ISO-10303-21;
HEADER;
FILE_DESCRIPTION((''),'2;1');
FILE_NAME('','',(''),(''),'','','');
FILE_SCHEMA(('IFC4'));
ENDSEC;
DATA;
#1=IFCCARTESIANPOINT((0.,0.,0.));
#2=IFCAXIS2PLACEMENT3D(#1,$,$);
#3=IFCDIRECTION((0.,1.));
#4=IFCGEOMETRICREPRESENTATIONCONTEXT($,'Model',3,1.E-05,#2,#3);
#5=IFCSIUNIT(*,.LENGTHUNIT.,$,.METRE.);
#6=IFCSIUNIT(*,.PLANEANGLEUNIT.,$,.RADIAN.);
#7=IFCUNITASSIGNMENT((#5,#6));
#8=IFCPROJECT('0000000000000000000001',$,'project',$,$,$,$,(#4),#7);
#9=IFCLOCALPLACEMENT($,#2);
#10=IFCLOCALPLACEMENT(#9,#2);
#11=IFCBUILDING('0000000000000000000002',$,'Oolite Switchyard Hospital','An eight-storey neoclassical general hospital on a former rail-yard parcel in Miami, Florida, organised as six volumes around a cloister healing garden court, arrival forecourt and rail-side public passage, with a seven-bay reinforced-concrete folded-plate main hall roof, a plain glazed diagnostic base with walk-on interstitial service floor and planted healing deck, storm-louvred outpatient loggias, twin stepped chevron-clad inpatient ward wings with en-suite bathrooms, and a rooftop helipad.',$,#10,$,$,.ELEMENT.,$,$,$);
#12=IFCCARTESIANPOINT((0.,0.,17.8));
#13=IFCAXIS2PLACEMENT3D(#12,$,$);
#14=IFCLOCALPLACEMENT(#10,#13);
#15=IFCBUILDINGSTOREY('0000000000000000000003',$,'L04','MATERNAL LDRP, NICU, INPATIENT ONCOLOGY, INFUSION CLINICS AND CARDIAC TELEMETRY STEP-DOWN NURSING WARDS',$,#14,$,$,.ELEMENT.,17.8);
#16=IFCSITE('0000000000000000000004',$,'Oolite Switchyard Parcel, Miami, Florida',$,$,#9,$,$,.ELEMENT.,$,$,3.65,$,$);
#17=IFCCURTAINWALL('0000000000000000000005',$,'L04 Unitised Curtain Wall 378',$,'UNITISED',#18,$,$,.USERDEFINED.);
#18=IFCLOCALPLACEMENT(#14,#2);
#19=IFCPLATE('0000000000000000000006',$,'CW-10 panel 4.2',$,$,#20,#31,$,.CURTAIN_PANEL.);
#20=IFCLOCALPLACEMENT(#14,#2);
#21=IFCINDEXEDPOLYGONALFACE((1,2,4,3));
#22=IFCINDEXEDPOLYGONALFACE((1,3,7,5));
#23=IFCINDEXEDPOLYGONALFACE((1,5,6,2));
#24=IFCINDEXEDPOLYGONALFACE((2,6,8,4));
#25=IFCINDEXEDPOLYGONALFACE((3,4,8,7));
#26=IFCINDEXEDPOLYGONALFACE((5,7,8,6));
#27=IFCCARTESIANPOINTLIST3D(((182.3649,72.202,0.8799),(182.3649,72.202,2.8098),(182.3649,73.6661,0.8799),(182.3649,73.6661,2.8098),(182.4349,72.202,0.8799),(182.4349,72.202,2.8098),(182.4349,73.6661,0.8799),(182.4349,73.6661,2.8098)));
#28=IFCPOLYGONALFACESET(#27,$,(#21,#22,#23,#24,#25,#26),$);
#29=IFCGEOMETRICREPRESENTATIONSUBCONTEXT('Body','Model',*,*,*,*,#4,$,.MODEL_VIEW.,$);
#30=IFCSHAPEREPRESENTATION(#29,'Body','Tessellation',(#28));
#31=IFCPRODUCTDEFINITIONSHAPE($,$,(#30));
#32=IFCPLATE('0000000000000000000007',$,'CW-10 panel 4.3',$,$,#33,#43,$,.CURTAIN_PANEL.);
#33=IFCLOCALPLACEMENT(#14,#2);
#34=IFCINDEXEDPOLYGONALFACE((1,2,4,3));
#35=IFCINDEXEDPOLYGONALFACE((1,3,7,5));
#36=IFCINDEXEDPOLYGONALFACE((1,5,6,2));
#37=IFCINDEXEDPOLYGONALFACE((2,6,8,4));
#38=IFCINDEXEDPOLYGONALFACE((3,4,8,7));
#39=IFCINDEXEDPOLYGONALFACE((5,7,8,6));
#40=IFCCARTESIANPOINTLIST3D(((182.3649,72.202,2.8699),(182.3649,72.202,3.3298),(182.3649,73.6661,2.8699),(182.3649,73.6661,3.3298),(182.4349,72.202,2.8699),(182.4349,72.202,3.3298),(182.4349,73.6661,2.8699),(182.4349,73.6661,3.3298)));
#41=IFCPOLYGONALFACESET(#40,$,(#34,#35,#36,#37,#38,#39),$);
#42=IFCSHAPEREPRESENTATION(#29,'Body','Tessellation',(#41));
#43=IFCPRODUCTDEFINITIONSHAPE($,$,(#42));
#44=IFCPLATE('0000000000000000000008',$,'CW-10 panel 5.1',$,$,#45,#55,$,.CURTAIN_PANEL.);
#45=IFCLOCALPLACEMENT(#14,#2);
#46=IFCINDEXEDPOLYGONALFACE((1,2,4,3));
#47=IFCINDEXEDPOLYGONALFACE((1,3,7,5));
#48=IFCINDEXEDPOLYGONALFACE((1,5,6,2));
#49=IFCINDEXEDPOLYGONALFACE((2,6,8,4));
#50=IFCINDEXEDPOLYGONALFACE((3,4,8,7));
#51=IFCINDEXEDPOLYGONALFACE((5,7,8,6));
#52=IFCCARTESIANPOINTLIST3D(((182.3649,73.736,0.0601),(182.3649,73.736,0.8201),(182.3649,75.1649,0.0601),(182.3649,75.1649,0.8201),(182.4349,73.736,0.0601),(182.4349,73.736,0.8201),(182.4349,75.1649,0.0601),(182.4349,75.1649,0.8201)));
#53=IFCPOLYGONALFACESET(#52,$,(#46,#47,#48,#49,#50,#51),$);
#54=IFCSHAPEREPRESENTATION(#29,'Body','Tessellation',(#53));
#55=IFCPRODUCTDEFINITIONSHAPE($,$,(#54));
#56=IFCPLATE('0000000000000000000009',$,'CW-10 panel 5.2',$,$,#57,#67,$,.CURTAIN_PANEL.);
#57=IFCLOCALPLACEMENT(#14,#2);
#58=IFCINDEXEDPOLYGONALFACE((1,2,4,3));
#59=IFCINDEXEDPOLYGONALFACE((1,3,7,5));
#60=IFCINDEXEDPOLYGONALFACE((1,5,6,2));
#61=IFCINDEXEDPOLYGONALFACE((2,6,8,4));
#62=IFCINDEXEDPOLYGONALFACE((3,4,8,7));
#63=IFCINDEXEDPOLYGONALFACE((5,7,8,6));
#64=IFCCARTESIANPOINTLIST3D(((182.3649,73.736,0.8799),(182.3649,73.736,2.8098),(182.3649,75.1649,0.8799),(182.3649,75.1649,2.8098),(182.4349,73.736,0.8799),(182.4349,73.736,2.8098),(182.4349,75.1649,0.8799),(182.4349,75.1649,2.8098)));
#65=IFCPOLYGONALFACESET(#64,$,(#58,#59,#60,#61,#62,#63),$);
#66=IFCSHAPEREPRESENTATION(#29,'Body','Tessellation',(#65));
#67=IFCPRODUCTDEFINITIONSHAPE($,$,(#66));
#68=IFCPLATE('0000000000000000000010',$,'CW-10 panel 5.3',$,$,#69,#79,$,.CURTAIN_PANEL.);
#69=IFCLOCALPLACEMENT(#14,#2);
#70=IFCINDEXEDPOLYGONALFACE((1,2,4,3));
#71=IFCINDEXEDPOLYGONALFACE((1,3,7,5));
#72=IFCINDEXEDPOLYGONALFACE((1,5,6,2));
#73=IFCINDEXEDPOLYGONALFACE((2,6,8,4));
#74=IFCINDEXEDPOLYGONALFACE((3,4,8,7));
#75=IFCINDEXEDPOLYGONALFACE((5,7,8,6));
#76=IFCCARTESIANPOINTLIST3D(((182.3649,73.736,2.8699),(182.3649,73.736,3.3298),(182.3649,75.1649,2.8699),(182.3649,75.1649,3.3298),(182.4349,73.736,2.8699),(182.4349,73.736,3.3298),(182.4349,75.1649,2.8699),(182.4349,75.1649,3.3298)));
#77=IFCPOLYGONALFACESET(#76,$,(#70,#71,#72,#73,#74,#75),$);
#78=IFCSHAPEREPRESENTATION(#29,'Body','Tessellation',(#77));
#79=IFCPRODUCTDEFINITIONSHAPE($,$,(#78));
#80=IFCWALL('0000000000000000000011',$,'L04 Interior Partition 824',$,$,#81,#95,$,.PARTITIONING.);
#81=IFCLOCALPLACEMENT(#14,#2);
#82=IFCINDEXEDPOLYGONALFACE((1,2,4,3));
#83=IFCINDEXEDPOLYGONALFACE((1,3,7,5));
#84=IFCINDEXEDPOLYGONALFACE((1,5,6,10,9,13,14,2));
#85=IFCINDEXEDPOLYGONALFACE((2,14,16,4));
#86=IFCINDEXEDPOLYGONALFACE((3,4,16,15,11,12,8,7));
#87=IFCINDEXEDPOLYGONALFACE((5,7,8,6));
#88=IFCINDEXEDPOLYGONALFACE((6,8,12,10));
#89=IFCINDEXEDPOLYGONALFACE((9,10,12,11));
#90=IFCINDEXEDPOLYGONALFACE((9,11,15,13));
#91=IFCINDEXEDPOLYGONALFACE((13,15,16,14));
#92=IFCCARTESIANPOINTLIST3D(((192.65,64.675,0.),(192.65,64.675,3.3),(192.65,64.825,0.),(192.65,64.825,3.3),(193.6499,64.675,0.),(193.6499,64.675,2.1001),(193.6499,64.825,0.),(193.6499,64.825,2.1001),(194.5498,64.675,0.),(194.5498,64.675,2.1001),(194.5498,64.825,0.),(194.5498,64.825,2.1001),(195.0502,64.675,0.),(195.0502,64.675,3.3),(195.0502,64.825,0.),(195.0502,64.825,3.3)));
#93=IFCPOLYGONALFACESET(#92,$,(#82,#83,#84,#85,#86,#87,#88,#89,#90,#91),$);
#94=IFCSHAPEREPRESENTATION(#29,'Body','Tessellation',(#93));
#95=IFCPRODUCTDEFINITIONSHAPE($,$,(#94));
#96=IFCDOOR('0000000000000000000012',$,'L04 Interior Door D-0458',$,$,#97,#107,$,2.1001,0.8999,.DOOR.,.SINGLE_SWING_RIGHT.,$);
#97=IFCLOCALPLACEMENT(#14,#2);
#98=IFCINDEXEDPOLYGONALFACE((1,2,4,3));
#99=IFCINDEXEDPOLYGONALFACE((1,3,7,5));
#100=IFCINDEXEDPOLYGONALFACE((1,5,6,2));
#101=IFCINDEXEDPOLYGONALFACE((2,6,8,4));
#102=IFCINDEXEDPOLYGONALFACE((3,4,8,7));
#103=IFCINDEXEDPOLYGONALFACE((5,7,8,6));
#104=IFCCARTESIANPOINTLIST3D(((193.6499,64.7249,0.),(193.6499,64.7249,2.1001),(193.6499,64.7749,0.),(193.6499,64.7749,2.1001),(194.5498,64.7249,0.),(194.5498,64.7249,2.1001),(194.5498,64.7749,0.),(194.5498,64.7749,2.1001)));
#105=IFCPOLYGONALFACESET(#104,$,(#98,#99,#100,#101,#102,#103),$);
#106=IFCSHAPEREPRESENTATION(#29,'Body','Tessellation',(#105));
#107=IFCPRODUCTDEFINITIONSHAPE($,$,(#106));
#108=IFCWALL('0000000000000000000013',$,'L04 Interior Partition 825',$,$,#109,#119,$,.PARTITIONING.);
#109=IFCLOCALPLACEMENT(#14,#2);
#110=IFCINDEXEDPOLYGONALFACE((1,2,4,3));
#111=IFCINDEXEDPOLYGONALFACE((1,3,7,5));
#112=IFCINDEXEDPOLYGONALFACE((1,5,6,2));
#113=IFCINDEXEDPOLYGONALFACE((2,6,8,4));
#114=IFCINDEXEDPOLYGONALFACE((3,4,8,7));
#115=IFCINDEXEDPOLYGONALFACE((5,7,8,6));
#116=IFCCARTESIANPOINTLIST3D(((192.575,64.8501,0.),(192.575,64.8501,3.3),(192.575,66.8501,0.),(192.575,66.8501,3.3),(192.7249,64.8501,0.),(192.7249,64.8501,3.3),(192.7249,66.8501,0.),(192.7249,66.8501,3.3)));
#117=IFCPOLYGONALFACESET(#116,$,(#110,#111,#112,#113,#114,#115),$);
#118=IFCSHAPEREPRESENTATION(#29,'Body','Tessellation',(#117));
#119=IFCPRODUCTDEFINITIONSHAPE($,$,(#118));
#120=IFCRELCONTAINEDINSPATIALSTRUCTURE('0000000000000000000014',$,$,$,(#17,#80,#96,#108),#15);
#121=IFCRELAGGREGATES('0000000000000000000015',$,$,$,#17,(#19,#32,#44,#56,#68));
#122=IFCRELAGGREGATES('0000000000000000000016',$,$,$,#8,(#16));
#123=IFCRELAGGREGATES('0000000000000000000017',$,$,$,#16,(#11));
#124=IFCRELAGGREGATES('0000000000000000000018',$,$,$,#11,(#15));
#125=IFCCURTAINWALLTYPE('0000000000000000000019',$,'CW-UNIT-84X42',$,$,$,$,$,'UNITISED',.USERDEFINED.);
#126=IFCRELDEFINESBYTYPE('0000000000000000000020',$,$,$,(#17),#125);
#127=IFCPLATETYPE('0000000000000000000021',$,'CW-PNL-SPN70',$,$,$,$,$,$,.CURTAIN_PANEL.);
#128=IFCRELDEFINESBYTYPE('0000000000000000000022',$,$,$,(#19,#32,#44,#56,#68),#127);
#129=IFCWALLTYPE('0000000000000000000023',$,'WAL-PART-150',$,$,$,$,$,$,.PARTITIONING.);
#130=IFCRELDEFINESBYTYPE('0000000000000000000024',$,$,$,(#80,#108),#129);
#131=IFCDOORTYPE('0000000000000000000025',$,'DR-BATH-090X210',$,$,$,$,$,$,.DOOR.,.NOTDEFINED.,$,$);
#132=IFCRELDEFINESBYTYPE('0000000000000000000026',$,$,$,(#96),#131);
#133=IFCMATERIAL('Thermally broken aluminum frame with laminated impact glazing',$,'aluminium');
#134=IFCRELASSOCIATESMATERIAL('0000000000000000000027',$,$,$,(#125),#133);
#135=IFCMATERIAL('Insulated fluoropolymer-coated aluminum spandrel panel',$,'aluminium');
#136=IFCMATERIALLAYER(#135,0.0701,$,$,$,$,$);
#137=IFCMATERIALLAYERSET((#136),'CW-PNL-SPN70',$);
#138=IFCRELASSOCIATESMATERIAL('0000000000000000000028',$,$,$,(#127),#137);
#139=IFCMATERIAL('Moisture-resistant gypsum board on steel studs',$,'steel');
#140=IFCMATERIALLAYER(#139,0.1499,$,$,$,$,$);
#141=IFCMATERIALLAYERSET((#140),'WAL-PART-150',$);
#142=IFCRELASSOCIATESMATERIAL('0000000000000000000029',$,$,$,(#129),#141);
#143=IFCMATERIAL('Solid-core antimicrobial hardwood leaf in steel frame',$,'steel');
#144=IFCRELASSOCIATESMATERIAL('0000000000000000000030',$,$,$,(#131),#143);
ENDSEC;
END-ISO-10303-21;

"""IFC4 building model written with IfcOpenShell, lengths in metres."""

from ifc_helpers import new_model, si_unit, direction, frame, frame_2d, origin, origin_2d, place, context, subcontext, project, spatial, rectangle, extrude, material, layer, layer_set, type_object, element, fill, aggregate, save


model = new_model("IFC4")

# Units and contexts
model_context = context("Model", 3, precision=1e-05, world=origin(), true_north=direction((0.0, 1.0)))
body_context = subcontext(model_context, "Body", "Model", "MODEL_VIEW")
ifc_project = project(units=[si_unit("LENGTHUNIT", "METRE"), si_unit("PLANEANGLEUNIT", "RADIAN")], contexts=[model_context])

# Site, building, storey
site_placement = place(None, origin())
site = spatial("IfcSite", under=ifc_project, at=site_placement, Name="Oolite Switchyard Parcel, Miami, Florida", CompositionType="ELEMENT", RefElevation=3.65)
building_placement = place(site_placement, origin())
building = spatial("IfcBuilding", under=site, at=building_placement, Name="Oolite Switchyard Hospital", Description="An eight-storey neoclassical general hospital on a former rail-yard parcel in Miami, Florida, organised as six volumes around a cloister healing garden court, arrival forecourt and rail-side public passage, with a seven-bay reinforced-concrete folded-plate main hall roof, a plain glazed diagnostic base with walk-on interstitial service floor and planted healing deck, storm-louvred outpatient loggias, twin stepped chevron-clad inpatient ward wings with en-suite bathrooms, and a rooftop helipad.", CompositionType="ELEMENT")
storey_placement = place(building_placement, frame((0.0, 0.0, 17.8)))
storey = spatial("IfcBuildingStorey", under=building, at=storey_placement, Name="L04", Description="MATERNAL LDRP, NICU, INPATIENT ONCOLOGY, INFUSION CLINICS AND CARDIAC TELEMETRY STEP-DOWN NURSING WARDS", CompositionType="ELEMENT", Elevation=17.8)

# Curtain wall, plates
ifc_material_1 = material(Name="Thermally broken aluminum frame with laminated impact glazing", Category="aluminium")
curtain_wall_type = type_object("IfcCurtainWallType", Name="CW-UNIT-84X42", ElementType="UNITISED", PredefinedType="USERDEFINED", material=ifc_material_1)
curtain_wall_placement = place(storey_placement, origin())
curtain_wall = element("IfcCurtainWall", 1, at=curtain_wall_placement, inside=storey, type_object=curtain_wall_type, Name="L04 Unitised Curtain Wall 378", ObjectType="UNITISED", PredefinedType="USERDEFINED")
ifc_material_2 = material(Name="Insulated fluoropolymer-coated aluminum spandrel panel", Category="aluminium")
ifc_layer_1 = layer(ifc_material_2, 0.0701)
ifc_layer_set_1 = layer_set([ifc_layer_1], Name="CW-PNL-SPN70")
plate_type = type_object("IfcPlateType", Name="CW-PNL-SPN70", PredefinedType="CURTAIN_PANEL", material=ifc_layer_set_1)
plate_1_placement = place(storey_placement, frame((182.3999, 72.9341, 0.8799), z_axis=(0.0, 0.0, 1.0), x_axis=(0.0, 1.0, 0.0)))
plate_1 = element("IfcPlate", 2, at=plate_1_placement, type_object=plate_type, Name="CW-10 panel 4.2", PredefinedType="CURTAIN_PANEL", context=body_context, shape_type="SweptSolid", body=[
    extrude(rectangle(XDim=1.4641, YDim=0.0701, at=origin_2d()), origin(), (0.0, 0.0, 1.0), 1.9299),
])
plate_2_placement = place(storey_placement, frame((182.3999, 72.9341, 2.8699), z_axis=(0.0, 0.0, 1.0), x_axis=(0.0, 1.0, 0.0)))
plate_2 = element("IfcPlate", 3, at=plate_2_placement, type_object=plate_type, Name="CW-10 panel 4.3", PredefinedType="CURTAIN_PANEL", context=body_context, shape_type="SweptSolid", body=[
    extrude(rectangle(XDim=1.4641, YDim=0.0701, at=origin_2d()), origin(), (0.0, 0.0, 1.0), 0.46),
])
plate_3_placement = place(storey_placement, frame((182.3999, 74.4504, 0.0601), z_axis=(0.0, 0.0, 1.0), x_axis=(0.0, 1.0, 0.0)))
plate_3 = element("IfcPlate", 4, at=plate_3_placement, type_object=plate_type, Name="CW-10 panel 5.1", PredefinedType="CURTAIN_PANEL", context=body_context, shape_type="SweptSolid", body=[
    extrude(rectangle(XDim=1.429, YDim=0.0701, at=origin_2d()), origin(), (0.0, 0.0, 1.0), 0.76),
])
plate_4_placement = place(storey_placement, frame((182.3999, 74.4504, 0.8799), z_axis=(0.0, 0.0, 1.0), x_axis=(0.0, 1.0, 0.0)))
plate_4 = element("IfcPlate", 5, at=plate_4_placement, type_object=plate_type, Name="CW-10 panel 5.2", PredefinedType="CURTAIN_PANEL", context=body_context, shape_type="SweptSolid", body=[
    extrude(rectangle(XDim=1.429, YDim=0.0701, at=origin_2d()), origin(), (0.0, 0.0, 1.0), 1.9299),
])
plate_5_placement = place(storey_placement, frame((182.3999, 74.4504, 2.8699), z_axis=(0.0, 0.0, 1.0), x_axis=(0.0, 1.0, 0.0)))
plate_5 = element("IfcPlate", 6, at=plate_5_placement, type_object=plate_type, Name="CW-10 panel 5.3", PredefinedType="CURTAIN_PANEL", context=body_context, shape_type="SweptSolid", body=[
    extrude(rectangle(XDim=1.429, YDim=0.0701, at=origin_2d()), origin(), (0.0, 0.0, 1.0), 0.46),
])
aggregate(curtain_wall, [plate_1, plate_2, plate_3, plate_4, plate_5])

# Wall, opening, door
ifc_material_3 = material(Name="Moisture-resistant gypsum board on steel studs", Category="steel")
ifc_layer_2 = layer(ifc_material_3, 0.1499)
ifc_layer_set_2 = layer_set([ifc_layer_2], Name="WAL-PART-150")
wall_type = type_object("IfcWallType", Name="WAL-PART-150", PredefinedType="PARTITIONING", material=ifc_layer_set_2)
wall_1_placement = place(storey_placement, frame((192.6499, 64.75, 0.0), z_axis=(0.0, 0.0, 1.0), x_axis=(1.0, 0.0, 0.0)))
wall_1 = element("IfcWall", 7, at=wall_1_placement, inside=storey, type_object=wall_type, Name="L04 Interior Partition 824", PredefinedType="PARTITIONING", context=body_context, shape_type="SweptSolid", body=[
    extrude(rectangle(XDim=2.4001, YDim=0.1499, at=frame_2d((1.2002, 0.0))), origin(), (0.0, 0.0, 1.0), 3.3),
])
opening_placement = place(wall_1_placement, frame((1.0, 0.0, 0.0)))
opening = element("IfcOpeningElement", 8, at=opening_placement, cuts=wall_1, PredefinedType="OPENING", context=body_context, shape_type="SweptSolid", body=[
    extrude(rectangle(XDim=0.8999, YDim=2.1001, at=frame_2d((0.45, 1.05))), frame((0.0, 0.085, 0.0), z_axis=(0.0, -1.0, 0.0), x_axis=(1.0, 0.0, 0.0)), (0.0, 0.0, 1.0), 0.1699),
])
ifc_material_4 = material(Name="Solid-core antimicrobial hardwood leaf in steel frame", Category="steel")
door_type = type_object("IfcDoorType", Name="DR-BATH-090X210", OperationType="NOTDEFINED", PredefinedType="DOOR", material=ifc_material_4)
door_placement = place(opening_placement, origin())
door = element("IfcDoor", 9, at=door_placement, inside=storey, type_object=door_type, Name="L04 Interior Door D-0458", OperationType="SINGLE_SWING_RIGHT", OverallHeight=2.1001, OverallWidth=0.8999, PredefinedType="DOOR", context=body_context, shape_type="SweptSolid", body=[
    extrude(rectangle(XDim=0.8999, YDim=2.1001, at=frame_2d((0.45, 1.05))), frame((0.0, 0.0249, 0.0), z_axis=(0.0, -1.0, 0.0), x_axis=(1.0, 0.0, 0.0)), (0.0, 0.0, 1.0), 0.05),
])
fill(opening, door)

# Wall
wall_2_placement = place(storey_placement, frame((192.6499, 64.8501, 0.0), z_axis=(0.0, 0.0, 1.0), x_axis=(0.0, 1.0, 0.0)))
element("IfcWall", 10, at=wall_2_placement, inside=storey, type_object=wall_type, Name="L04 Interior Partition 825", PredefinedType="PARTITIONING", context=body_context, shape_type="SweptSolid", body=[
    extrude(rectangle(XDim=2.0, YDim=0.1499, at=frame_2d((1.0, 0.0))), origin(), (0.0, 0.0, 1.0), 3.3),
])

save(model, "model.ifc")
